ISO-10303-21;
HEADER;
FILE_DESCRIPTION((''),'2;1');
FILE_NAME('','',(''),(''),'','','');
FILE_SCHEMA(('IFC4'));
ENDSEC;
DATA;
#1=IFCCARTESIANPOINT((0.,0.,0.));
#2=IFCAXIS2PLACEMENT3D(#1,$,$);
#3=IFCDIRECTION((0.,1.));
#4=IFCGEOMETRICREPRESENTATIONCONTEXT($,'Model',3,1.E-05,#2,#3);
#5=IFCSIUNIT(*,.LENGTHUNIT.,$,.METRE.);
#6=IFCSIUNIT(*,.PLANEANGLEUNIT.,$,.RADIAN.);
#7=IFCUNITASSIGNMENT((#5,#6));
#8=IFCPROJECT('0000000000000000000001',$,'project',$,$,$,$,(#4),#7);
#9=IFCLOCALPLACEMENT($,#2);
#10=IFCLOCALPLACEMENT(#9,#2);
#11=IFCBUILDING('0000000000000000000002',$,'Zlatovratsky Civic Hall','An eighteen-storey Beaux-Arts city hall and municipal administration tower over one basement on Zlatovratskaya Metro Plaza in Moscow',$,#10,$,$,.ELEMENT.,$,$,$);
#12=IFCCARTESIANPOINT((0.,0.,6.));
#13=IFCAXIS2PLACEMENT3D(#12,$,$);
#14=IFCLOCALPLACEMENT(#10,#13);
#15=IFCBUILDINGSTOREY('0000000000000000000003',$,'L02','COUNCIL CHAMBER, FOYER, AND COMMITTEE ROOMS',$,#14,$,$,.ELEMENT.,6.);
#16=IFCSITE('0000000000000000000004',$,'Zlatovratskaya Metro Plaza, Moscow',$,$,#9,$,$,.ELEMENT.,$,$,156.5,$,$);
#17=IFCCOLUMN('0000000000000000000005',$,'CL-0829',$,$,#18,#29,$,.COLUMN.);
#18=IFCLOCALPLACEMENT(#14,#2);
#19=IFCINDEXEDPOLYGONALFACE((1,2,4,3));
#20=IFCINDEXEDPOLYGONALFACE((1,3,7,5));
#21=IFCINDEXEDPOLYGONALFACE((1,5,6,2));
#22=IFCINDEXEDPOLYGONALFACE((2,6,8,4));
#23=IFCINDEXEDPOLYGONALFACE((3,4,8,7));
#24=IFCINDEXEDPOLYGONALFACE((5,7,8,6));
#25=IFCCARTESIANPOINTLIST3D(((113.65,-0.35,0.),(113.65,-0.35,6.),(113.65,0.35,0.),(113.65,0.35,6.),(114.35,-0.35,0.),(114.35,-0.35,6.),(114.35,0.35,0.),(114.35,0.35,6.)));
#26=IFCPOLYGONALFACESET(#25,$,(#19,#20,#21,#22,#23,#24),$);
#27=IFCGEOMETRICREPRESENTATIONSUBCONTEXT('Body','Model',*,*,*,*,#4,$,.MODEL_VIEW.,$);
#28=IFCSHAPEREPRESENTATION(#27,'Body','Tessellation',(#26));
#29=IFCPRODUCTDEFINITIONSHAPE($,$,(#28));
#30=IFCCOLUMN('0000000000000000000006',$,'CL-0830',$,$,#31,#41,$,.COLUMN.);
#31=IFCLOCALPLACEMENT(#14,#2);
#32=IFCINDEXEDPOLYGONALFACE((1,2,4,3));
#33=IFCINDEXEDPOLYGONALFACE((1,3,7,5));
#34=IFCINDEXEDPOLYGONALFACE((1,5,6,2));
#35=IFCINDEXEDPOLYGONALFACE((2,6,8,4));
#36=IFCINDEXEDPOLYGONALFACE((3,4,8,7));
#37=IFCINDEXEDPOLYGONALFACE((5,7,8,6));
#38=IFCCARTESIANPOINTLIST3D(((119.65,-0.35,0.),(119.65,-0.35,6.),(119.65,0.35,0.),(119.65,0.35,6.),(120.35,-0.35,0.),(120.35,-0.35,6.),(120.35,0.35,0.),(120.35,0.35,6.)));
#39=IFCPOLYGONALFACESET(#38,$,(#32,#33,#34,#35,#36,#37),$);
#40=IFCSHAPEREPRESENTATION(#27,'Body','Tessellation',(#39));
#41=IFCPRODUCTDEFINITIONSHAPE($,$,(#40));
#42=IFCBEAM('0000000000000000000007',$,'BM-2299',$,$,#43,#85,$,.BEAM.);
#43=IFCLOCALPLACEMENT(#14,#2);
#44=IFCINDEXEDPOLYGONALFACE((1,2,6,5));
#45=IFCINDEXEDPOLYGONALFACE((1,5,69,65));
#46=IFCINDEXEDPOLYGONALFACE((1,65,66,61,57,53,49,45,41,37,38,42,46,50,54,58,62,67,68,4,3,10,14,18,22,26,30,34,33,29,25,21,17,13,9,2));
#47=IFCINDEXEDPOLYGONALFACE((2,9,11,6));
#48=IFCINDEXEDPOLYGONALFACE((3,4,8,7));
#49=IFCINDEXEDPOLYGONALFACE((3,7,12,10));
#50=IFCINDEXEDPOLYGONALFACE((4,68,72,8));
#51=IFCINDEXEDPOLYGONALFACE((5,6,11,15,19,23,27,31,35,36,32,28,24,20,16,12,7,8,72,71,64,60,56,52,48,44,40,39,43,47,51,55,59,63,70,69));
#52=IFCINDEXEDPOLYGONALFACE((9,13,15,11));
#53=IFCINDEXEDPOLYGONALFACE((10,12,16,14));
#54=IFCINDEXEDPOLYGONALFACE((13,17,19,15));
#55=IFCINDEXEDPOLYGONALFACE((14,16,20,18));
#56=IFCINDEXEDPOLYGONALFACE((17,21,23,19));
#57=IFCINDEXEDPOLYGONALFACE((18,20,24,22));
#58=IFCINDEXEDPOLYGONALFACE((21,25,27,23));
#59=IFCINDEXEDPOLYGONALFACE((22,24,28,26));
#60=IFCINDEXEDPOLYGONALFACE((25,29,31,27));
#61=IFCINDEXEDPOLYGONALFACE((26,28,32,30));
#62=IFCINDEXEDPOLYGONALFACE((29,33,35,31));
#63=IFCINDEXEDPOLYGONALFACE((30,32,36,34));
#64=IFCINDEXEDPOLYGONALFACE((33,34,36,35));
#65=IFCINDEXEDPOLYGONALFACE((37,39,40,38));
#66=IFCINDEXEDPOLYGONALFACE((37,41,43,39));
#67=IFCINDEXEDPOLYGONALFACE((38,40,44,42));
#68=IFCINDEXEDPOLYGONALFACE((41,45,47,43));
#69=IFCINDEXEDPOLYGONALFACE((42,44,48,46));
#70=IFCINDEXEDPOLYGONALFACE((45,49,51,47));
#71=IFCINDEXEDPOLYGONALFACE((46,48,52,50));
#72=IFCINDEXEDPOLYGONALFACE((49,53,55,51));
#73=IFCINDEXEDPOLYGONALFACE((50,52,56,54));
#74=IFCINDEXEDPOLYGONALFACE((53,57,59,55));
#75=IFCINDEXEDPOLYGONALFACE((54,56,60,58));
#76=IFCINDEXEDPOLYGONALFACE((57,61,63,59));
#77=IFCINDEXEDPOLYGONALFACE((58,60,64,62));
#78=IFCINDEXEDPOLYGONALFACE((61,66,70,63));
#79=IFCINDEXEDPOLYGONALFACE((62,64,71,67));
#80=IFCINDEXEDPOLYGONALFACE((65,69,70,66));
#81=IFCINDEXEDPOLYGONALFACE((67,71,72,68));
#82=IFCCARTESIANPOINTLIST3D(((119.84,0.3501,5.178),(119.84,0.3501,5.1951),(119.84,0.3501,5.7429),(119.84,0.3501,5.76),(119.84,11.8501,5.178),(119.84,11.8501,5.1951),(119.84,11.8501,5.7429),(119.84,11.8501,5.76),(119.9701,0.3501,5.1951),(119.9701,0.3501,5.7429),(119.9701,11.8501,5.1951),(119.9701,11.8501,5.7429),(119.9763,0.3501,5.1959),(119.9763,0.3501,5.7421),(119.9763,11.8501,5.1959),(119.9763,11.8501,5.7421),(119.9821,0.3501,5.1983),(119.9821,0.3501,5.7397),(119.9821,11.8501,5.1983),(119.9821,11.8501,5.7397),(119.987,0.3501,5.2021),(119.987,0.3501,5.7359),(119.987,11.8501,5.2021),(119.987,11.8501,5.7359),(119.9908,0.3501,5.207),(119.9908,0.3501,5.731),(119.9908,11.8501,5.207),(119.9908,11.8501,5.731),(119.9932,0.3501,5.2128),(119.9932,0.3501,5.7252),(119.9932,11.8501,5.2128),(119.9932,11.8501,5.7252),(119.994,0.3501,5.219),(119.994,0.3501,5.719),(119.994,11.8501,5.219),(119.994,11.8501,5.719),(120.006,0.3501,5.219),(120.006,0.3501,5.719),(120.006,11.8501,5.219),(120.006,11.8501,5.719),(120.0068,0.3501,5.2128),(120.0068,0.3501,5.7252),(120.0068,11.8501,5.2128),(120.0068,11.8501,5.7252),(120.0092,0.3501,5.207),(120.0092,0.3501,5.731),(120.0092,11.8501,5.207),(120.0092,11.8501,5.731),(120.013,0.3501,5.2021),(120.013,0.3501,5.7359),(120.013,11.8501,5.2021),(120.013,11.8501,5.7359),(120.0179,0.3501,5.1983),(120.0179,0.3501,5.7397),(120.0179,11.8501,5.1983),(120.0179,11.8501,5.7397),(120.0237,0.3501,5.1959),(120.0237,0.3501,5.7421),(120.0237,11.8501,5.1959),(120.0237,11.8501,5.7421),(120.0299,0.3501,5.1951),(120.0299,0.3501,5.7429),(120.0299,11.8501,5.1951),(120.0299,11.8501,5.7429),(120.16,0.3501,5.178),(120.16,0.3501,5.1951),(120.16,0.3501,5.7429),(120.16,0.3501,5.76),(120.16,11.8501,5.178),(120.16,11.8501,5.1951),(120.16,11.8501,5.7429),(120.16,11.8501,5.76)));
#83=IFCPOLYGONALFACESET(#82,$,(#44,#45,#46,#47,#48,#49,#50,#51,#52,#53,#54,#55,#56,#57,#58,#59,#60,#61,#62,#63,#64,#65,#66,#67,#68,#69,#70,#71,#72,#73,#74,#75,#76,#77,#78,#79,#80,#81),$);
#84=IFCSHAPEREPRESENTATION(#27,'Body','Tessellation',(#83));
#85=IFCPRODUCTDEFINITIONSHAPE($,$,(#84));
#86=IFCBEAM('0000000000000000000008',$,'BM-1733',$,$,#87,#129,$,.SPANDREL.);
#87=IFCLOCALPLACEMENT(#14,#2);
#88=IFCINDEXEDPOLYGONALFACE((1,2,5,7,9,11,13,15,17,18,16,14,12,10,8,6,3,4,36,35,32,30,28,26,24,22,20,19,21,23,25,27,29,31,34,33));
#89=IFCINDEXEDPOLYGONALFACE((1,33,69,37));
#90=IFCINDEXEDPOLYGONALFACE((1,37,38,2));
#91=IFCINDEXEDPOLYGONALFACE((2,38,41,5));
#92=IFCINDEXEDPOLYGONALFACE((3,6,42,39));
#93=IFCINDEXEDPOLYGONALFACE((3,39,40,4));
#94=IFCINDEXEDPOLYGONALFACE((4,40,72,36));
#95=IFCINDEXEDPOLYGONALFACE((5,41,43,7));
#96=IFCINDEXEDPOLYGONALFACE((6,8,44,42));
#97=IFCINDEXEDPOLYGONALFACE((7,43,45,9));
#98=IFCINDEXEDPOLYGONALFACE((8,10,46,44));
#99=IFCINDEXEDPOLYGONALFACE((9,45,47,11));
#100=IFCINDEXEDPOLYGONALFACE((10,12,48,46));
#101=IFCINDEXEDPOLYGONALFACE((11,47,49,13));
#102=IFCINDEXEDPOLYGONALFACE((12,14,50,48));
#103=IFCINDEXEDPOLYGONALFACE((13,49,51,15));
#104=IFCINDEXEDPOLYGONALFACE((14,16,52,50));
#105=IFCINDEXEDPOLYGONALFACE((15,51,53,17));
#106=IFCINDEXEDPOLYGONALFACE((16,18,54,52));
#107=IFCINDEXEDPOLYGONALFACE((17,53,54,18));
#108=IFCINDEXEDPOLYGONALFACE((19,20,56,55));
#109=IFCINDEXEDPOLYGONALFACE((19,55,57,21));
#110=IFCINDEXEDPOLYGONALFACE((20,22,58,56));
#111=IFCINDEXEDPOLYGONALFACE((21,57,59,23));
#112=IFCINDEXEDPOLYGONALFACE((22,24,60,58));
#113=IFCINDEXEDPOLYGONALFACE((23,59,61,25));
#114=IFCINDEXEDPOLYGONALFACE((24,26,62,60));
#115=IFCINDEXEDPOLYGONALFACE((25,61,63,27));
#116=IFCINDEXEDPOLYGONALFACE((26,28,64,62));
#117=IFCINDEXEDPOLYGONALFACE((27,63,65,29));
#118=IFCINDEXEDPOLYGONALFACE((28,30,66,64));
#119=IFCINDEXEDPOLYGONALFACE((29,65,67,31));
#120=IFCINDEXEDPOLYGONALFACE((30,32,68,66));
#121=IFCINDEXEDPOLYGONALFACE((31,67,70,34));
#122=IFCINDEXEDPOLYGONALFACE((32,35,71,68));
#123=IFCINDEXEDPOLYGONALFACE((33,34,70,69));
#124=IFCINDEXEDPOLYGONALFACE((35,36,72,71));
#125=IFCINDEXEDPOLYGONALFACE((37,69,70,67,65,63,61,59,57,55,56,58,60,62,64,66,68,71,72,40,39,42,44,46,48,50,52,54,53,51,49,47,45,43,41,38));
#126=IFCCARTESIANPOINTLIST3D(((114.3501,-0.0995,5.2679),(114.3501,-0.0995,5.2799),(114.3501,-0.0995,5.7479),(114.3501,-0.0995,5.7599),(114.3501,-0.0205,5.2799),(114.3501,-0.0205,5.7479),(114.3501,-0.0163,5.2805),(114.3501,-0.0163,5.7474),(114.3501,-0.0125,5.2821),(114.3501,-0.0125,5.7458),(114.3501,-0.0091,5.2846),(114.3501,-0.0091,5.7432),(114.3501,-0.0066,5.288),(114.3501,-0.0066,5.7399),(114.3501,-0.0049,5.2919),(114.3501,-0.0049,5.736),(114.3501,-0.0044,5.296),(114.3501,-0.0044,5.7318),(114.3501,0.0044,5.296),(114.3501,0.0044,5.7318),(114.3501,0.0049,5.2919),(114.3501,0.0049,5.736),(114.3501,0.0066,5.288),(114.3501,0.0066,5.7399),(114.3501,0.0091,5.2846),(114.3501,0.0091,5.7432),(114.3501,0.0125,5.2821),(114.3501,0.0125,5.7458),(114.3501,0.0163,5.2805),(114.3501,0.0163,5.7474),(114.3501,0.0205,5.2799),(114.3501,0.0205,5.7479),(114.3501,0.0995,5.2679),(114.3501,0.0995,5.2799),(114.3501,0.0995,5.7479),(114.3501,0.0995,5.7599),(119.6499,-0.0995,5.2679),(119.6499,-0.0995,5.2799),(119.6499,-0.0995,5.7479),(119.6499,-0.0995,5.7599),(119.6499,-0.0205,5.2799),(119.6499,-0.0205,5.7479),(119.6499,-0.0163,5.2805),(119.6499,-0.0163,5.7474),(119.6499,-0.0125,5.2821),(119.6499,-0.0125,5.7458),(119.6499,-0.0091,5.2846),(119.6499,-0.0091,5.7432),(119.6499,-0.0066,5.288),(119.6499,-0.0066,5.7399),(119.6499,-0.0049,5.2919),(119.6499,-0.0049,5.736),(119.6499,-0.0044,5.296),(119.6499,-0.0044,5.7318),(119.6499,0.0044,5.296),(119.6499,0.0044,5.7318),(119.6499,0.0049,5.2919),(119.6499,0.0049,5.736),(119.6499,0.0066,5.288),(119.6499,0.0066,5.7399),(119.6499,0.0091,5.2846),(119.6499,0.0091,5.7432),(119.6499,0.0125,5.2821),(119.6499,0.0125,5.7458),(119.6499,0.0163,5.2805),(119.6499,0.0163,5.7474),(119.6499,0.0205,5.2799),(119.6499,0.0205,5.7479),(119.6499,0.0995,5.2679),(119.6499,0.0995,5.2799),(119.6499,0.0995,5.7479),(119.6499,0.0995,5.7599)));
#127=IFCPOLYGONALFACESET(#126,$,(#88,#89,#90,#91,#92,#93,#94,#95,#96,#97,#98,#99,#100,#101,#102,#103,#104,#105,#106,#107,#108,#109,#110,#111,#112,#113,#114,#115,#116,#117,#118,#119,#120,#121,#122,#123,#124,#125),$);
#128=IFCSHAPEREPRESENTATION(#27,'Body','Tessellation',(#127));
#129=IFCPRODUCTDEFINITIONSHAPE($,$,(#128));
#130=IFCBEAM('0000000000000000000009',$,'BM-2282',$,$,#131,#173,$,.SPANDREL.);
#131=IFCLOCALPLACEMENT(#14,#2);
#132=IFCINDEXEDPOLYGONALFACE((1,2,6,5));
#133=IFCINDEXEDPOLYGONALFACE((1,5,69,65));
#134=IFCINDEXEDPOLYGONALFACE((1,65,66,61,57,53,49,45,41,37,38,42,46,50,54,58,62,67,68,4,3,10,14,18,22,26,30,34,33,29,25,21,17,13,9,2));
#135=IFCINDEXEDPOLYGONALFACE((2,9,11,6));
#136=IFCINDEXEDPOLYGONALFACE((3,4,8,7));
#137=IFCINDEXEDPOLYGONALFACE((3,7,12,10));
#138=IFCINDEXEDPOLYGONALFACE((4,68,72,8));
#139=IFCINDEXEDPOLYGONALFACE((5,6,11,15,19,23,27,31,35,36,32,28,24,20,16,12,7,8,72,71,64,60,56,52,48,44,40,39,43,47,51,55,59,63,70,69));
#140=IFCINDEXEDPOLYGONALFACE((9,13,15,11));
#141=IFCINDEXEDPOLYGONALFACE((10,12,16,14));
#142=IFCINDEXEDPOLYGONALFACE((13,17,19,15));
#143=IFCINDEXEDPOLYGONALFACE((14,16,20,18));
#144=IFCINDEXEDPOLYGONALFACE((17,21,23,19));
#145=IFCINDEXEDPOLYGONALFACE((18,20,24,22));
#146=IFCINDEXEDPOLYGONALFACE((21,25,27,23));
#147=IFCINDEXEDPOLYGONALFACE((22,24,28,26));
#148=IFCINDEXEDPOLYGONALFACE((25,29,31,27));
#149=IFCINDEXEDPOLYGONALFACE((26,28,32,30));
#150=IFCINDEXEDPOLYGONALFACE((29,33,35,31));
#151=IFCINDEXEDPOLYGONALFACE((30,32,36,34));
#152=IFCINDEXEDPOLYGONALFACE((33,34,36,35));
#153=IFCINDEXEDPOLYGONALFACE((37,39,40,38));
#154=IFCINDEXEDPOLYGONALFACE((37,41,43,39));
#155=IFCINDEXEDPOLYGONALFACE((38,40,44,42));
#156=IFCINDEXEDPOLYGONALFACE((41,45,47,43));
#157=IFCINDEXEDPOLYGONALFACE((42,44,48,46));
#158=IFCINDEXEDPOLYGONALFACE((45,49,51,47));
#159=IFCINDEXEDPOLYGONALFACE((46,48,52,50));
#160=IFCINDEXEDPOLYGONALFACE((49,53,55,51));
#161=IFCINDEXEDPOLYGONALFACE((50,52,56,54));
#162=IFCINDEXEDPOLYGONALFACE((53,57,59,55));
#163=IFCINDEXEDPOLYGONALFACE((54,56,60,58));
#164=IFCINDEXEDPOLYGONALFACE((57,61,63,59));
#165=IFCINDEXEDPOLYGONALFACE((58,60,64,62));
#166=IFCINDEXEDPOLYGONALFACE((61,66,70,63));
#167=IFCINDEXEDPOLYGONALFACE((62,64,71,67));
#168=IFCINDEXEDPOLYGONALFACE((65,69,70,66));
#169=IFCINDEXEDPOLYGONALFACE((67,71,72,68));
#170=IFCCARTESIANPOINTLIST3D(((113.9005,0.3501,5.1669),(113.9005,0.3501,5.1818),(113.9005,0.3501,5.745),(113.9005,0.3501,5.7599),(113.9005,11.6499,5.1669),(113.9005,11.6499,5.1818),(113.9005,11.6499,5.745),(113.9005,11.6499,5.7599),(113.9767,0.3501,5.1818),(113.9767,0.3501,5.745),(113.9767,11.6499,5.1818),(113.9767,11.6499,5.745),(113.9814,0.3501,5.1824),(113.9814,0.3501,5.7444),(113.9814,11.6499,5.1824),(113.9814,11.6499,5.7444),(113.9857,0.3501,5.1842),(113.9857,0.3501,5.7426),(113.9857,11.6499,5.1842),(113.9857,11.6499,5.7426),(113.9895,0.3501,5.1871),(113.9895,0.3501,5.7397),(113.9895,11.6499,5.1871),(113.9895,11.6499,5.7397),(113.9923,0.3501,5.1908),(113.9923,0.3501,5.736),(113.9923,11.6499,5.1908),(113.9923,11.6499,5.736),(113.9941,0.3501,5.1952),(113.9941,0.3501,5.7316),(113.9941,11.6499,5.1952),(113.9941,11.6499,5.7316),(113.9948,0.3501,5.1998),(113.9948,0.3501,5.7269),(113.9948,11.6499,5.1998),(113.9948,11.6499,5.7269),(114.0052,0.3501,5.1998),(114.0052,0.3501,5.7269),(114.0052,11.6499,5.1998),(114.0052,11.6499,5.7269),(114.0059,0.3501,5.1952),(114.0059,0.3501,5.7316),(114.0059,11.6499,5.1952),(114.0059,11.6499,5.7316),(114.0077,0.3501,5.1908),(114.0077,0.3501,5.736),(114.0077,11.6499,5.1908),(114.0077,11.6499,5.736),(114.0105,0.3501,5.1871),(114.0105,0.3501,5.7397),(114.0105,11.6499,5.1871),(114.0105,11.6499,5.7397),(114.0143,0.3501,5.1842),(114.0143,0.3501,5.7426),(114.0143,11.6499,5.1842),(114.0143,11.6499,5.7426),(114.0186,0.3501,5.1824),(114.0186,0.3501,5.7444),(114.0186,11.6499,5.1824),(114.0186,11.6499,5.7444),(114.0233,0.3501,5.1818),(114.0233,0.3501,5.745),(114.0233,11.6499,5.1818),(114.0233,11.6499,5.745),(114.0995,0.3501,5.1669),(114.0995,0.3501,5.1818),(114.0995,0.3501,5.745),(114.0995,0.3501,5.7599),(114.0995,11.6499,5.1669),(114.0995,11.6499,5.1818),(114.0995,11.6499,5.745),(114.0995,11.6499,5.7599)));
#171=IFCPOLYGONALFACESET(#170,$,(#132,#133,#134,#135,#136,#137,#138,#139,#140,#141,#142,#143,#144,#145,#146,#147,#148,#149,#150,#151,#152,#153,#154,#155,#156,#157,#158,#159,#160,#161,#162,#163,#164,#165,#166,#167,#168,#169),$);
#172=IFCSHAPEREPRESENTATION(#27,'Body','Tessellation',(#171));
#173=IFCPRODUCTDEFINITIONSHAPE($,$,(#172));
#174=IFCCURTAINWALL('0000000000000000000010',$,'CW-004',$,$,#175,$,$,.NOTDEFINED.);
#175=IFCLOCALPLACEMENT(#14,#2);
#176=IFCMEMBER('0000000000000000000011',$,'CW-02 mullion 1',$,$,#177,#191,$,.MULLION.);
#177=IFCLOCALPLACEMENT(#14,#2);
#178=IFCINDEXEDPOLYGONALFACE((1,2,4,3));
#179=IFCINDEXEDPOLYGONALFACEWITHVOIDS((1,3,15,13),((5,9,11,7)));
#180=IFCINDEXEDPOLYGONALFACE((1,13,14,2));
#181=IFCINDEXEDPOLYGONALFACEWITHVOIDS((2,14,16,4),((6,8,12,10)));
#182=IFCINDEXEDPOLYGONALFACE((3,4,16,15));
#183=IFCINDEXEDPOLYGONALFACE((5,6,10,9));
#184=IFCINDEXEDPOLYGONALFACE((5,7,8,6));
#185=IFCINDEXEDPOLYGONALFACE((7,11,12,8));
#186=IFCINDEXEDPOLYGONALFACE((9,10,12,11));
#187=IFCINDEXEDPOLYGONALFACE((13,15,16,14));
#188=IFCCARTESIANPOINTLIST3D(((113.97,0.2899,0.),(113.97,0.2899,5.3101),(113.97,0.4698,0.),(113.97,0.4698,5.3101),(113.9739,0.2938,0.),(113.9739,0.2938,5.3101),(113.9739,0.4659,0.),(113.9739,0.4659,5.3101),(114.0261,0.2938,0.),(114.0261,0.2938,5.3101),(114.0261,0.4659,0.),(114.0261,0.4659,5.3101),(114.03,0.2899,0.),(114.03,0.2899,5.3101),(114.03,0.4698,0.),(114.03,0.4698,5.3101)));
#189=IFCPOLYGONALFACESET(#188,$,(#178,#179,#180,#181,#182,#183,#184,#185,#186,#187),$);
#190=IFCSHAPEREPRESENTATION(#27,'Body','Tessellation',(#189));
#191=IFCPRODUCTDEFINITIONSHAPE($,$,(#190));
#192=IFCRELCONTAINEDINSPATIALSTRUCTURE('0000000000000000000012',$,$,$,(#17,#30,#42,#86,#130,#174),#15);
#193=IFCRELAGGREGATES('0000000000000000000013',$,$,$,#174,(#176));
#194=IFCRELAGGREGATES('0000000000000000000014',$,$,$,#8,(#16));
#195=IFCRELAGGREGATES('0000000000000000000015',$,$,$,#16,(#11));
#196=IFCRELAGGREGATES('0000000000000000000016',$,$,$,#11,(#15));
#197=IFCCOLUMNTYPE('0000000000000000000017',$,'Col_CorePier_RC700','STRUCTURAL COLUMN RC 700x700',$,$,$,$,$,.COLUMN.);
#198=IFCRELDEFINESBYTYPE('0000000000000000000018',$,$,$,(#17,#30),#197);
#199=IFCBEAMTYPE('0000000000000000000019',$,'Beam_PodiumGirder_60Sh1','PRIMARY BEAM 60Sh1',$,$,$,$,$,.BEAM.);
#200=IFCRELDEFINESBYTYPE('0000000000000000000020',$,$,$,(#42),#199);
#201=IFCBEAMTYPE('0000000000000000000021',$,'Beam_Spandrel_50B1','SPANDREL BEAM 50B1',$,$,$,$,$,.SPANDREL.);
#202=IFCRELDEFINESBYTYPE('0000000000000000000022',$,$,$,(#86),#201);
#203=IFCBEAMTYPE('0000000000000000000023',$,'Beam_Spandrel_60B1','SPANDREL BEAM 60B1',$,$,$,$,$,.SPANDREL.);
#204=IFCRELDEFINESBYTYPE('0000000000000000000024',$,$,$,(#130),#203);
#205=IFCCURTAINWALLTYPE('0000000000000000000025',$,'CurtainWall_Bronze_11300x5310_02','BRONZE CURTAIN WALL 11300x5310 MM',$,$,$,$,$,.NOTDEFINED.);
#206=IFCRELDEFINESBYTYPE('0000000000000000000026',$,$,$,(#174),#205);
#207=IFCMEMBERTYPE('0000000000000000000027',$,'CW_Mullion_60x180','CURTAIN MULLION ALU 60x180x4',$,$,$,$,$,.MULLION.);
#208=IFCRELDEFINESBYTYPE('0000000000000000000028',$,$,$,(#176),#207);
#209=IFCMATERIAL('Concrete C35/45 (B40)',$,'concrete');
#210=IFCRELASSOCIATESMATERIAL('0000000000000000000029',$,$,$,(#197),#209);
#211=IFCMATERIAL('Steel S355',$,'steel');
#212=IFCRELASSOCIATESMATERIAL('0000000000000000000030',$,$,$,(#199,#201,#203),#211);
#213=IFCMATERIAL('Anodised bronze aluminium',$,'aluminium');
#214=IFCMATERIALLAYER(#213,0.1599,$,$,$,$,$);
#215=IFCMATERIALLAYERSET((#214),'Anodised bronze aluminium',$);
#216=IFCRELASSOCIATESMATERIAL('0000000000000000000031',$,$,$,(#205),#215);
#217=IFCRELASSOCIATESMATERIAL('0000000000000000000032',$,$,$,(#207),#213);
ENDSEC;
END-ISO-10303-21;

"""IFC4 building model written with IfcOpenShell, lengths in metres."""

from ifc_helpers import new_model, si_unit, direction, frame, origin, origin_2d, place, context, subcontext, project, spatial, rectangle, hollow_rectangle, i_section, extrude, material, layer, layer_set, material_profile, profile_set, type_object, element, aggregate, save


model = new_model("IFC4")

# Units and contexts
model_context = context("Model", 3, precision=1e-05, world=origin(), true_north=direction((0.0, 1.0)))
body_context = subcontext(model_context, "Body", "Model", "MODEL_VIEW")
ifc_project = project(units=[si_unit("LENGTHUNIT", "METRE"), si_unit("PLANEANGLEUNIT", "RADIAN")], contexts=[model_context])

# Site, building, storey
site_placement = place(None, origin())
site = spatial("IfcSite", under=ifc_project, at=site_placement, Name="Zlatovratskaya Metro Plaza, Moscow", CompositionType="ELEMENT", RefElevation=156.5)
building_placement = place(site_placement, origin())
building = spatial("IfcBuilding", under=site, at=building_placement, Name="Zlatovratsky Civic Hall", Description="An eighteen-storey Beaux-Arts city hall and municipal administration tower over one basement on Zlatovratskaya Metro Plaza in Moscow", CompositionType="ELEMENT")
storey_placement = place(building_placement, frame((0.0, 0.0, 6.0)))
storey = spatial("IfcBuildingStorey", under=building, at=storey_placement, Name="L02", Description="COUNCIL CHAMBER, FOYER, AND COMMITTEE ROOMS", CompositionType="ELEMENT", Elevation=6.0)

# Columns
ifc_material_1 = material(Name="Concrete C35/45 (B40)", Category="concrete")
ifc_material_profile_1 = material_profile(ifc_material_1, rectangle(XDim=0.7, YDim=0.7, at=origin_2d()), Name="RC 700x700")
ifc_profile_set_1 = profile_set([ifc_material_profile_1], Name="Concrete C35/45 (B40)")
column_type = type_object("IfcColumnType", Name="Col_CorePier_RC700", Description="STRUCTURAL COLUMN RC 700x700", PredefinedType="COLUMN", material=ifc_profile_set_1)
for number, where, z_axis, x_axis, name in (
    (1, (114.0, 0.0, 0.0), (0.0, 0.0, 1.0), (1.0, 0.0, 0.0), "CL-0829"),
    (2, (120.0, 0.0, 0.0), (0.0, 0.0, 1.0), (1.0, 0.0, 0.0), "CL-0830"),
):
    element("IfcColumn", number, at=place(storey_placement, frame(where, z_axis=z_axis, x_axis=x_axis)), inside=storey, type_object=column_type, Name=name, PredefinedType="COLUMN", context=body_context, shape_type="SweptSolid", body=[
        extrude(rectangle(XDim=0.7, YDim=0.7, at=origin_2d()), origin(), (0.0, 0.0, 1.0), 6.0),
    ])

# Beams
ifc_material_2 = material(Name="Steel S355", Category="steel")
ifc_material_profile_2 = material_profile(ifc_material_2, i_section(OverallWidth=0.3201, OverallDepth=0.582, WebThickness=0.012, FlangeThickness=0.0171, FilletRadius=0.0239, at=origin_2d()), Name="60Sh1")
ifc_profile_set_2 = profile_set([ifc_material_profile_2], Name="Steel S355")
beam_type_1 = type_object("IfcBeamType", Name="Beam_PodiumGirder_60Sh1", Description="PRIMARY BEAM 60Sh1", PredefinedType="BEAM", material=ifc_profile_set_2)
beam_1_placement = place(storey_placement, frame((120.0, 0.3501, 5.469), z_axis=(0.0, 1.0, 0.0), x_axis=(-1.0, 0.0, 0.0)))
element("IfcBeam", 3, at=beam_1_placement, inside=storey, type_object=beam_type_1, Name="BM-2299", PredefinedType="BEAM", context=body_context, shape_type="SweptSolid", body=[
    extrude(i_section(OverallWidth=0.3201, OverallDepth=0.582, WebThickness=0.012, FlangeThickness=0.0171, FilletRadius=0.0239, at=origin_2d()), origin(), (0.0, 0.0, 1.0), 11.5),
])
ifc_material_profile_3 = material_profile(ifc_material_2, i_section(OverallWidth=0.199, OverallDepth=0.4919, WebThickness=0.0088, FlangeThickness=0.012, FilletRadius=0.0161, at=origin_2d()), Name="50B1")
ifc_profile_set_3 = profile_set([ifc_material_profile_3], Name="Steel S355")
beam_type_2 = type_object("IfcBeamType", Name="Beam_Spandrel_50B1", Description="SPANDREL BEAM 50B1", PredefinedType="SPANDREL", material=ifc_profile_set_3)
beam_2_placement = place(storey_placement, frame((114.3501, 0.0, 5.5139), z_axis=(1.0, 0.0, 0.0), x_axis=(0.0, 1.0, 0.0)))
element("IfcBeam", 4, at=beam_2_placement, inside=storey, type_object=beam_type_2, Name="BM-1733", PredefinedType="SPANDREL", context=body_context, shape_type="SweptSolid", body=[
    extrude(i_section(OverallWidth=0.199, OverallDepth=0.4919, WebThickness=0.0088, FlangeThickness=0.012, FilletRadius=0.0161, at=origin_2d()), origin(), (0.0, 0.0, 1.0), 5.2998),
])
ifc_material_profile_4 = material_profile(ifc_material_2, i_section(OverallWidth=0.199, OverallDepth=0.593, WebThickness=0.0105, FlangeThickness=0.0149, FilletRadius=0.0181, at=origin_2d()), Name="60B1")
ifc_profile_set_4 = profile_set([ifc_material_profile_4], Name="Steel S355")
beam_type_3 = type_object("IfcBeamType", Name="Beam_Spandrel_60B1", Description="SPANDREL BEAM 60B1", PredefinedType="SPANDREL", material=ifc_profile_set_4)
beam_3_placement = place(storey_placement, frame((114.0, 0.3501, 5.4634), z_axis=(0.0, 1.0, 0.0), x_axis=(-1.0, 0.0, 0.0)))
element("IfcBeam", 5, at=beam_3_placement, inside=storey, type_object=beam_type_3, Name="BM-2282", PredefinedType="SPANDREL", context=body_context, shape_type="SweptSolid", body=[
    extrude(i_section(OverallWidth=0.199, OverallDepth=0.593, WebThickness=0.0105, FlangeThickness=0.0149, FilletRadius=0.0181, at=origin_2d()), origin(), (0.0, 0.0, 1.0), 11.2998),
])

# Curtain wall, member
ifc_material_3 = material(Name="Anodised bronze aluminium", Category="aluminium")
ifc_layer_1 = layer(ifc_material_3, 0.1599)
ifc_layer_set_1 = layer_set([ifc_layer_1], Name="Anodised bronze aluminium")
curtain_wall_type_1 = type_object("IfcCurtainWallType", Name="CurtainWall_Bronze_11300x5310_02", Description="BRONZE CURTAIN WALL 11300x5310 MM", PredefinedType="NOTDEFINED", material=ifc_layer_set_1)
curtain_wall_1_placement = place(storey_placement, origin())
curtain_wall_1 = element("IfcCurtainWall", 6, at=curtain_wall_1_placement, inside=storey, type_object=curtain_wall_type_1, Name="CW-004", PredefinedType="NOTDEFINED")
ifc_material_profile_5 = material_profile(ifc_material_3, hollow_rectangle(XDim=0.0601, YDim=0.1799, WallThickness=0.0039, at=origin_2d()), Name="ALU 60x180x4")
ifc_profile_set_5 = profile_set([ifc_material_profile_5], Name="Anodised bronze aluminium")
member_type_1 = type_object("IfcMemberType", Name="CW_Mullion_60x180", Description="CURTAIN MULLION ALU 60x180x4", PredefinedType="MULLION", material=ifc_profile_set_5)
member_1_placement = place(storey_placement, frame((114.0, 0.3799, 0.0), z_axis=(0.0, 0.0, 1.0), x_axis=(-1.0, 0.0, 0.0)))
member_1 = element("IfcMember", 7, at=member_1_placement, type_object=member_type_1, Name="CW-02 mullion 1", PredefinedType="MULLION", context=body_context, shape_type="SweptSolid", body=[
    extrude(hollow_rectangle(XDim=0.0601, YDim=0.1799, WallThickness=0.0039, at=origin_2d()), origin(), (0.0, 0.0, 1.0), 5.3101),
])

aggregate(curtain_wall_1, [member_1])

save(model, "model.ifc")
